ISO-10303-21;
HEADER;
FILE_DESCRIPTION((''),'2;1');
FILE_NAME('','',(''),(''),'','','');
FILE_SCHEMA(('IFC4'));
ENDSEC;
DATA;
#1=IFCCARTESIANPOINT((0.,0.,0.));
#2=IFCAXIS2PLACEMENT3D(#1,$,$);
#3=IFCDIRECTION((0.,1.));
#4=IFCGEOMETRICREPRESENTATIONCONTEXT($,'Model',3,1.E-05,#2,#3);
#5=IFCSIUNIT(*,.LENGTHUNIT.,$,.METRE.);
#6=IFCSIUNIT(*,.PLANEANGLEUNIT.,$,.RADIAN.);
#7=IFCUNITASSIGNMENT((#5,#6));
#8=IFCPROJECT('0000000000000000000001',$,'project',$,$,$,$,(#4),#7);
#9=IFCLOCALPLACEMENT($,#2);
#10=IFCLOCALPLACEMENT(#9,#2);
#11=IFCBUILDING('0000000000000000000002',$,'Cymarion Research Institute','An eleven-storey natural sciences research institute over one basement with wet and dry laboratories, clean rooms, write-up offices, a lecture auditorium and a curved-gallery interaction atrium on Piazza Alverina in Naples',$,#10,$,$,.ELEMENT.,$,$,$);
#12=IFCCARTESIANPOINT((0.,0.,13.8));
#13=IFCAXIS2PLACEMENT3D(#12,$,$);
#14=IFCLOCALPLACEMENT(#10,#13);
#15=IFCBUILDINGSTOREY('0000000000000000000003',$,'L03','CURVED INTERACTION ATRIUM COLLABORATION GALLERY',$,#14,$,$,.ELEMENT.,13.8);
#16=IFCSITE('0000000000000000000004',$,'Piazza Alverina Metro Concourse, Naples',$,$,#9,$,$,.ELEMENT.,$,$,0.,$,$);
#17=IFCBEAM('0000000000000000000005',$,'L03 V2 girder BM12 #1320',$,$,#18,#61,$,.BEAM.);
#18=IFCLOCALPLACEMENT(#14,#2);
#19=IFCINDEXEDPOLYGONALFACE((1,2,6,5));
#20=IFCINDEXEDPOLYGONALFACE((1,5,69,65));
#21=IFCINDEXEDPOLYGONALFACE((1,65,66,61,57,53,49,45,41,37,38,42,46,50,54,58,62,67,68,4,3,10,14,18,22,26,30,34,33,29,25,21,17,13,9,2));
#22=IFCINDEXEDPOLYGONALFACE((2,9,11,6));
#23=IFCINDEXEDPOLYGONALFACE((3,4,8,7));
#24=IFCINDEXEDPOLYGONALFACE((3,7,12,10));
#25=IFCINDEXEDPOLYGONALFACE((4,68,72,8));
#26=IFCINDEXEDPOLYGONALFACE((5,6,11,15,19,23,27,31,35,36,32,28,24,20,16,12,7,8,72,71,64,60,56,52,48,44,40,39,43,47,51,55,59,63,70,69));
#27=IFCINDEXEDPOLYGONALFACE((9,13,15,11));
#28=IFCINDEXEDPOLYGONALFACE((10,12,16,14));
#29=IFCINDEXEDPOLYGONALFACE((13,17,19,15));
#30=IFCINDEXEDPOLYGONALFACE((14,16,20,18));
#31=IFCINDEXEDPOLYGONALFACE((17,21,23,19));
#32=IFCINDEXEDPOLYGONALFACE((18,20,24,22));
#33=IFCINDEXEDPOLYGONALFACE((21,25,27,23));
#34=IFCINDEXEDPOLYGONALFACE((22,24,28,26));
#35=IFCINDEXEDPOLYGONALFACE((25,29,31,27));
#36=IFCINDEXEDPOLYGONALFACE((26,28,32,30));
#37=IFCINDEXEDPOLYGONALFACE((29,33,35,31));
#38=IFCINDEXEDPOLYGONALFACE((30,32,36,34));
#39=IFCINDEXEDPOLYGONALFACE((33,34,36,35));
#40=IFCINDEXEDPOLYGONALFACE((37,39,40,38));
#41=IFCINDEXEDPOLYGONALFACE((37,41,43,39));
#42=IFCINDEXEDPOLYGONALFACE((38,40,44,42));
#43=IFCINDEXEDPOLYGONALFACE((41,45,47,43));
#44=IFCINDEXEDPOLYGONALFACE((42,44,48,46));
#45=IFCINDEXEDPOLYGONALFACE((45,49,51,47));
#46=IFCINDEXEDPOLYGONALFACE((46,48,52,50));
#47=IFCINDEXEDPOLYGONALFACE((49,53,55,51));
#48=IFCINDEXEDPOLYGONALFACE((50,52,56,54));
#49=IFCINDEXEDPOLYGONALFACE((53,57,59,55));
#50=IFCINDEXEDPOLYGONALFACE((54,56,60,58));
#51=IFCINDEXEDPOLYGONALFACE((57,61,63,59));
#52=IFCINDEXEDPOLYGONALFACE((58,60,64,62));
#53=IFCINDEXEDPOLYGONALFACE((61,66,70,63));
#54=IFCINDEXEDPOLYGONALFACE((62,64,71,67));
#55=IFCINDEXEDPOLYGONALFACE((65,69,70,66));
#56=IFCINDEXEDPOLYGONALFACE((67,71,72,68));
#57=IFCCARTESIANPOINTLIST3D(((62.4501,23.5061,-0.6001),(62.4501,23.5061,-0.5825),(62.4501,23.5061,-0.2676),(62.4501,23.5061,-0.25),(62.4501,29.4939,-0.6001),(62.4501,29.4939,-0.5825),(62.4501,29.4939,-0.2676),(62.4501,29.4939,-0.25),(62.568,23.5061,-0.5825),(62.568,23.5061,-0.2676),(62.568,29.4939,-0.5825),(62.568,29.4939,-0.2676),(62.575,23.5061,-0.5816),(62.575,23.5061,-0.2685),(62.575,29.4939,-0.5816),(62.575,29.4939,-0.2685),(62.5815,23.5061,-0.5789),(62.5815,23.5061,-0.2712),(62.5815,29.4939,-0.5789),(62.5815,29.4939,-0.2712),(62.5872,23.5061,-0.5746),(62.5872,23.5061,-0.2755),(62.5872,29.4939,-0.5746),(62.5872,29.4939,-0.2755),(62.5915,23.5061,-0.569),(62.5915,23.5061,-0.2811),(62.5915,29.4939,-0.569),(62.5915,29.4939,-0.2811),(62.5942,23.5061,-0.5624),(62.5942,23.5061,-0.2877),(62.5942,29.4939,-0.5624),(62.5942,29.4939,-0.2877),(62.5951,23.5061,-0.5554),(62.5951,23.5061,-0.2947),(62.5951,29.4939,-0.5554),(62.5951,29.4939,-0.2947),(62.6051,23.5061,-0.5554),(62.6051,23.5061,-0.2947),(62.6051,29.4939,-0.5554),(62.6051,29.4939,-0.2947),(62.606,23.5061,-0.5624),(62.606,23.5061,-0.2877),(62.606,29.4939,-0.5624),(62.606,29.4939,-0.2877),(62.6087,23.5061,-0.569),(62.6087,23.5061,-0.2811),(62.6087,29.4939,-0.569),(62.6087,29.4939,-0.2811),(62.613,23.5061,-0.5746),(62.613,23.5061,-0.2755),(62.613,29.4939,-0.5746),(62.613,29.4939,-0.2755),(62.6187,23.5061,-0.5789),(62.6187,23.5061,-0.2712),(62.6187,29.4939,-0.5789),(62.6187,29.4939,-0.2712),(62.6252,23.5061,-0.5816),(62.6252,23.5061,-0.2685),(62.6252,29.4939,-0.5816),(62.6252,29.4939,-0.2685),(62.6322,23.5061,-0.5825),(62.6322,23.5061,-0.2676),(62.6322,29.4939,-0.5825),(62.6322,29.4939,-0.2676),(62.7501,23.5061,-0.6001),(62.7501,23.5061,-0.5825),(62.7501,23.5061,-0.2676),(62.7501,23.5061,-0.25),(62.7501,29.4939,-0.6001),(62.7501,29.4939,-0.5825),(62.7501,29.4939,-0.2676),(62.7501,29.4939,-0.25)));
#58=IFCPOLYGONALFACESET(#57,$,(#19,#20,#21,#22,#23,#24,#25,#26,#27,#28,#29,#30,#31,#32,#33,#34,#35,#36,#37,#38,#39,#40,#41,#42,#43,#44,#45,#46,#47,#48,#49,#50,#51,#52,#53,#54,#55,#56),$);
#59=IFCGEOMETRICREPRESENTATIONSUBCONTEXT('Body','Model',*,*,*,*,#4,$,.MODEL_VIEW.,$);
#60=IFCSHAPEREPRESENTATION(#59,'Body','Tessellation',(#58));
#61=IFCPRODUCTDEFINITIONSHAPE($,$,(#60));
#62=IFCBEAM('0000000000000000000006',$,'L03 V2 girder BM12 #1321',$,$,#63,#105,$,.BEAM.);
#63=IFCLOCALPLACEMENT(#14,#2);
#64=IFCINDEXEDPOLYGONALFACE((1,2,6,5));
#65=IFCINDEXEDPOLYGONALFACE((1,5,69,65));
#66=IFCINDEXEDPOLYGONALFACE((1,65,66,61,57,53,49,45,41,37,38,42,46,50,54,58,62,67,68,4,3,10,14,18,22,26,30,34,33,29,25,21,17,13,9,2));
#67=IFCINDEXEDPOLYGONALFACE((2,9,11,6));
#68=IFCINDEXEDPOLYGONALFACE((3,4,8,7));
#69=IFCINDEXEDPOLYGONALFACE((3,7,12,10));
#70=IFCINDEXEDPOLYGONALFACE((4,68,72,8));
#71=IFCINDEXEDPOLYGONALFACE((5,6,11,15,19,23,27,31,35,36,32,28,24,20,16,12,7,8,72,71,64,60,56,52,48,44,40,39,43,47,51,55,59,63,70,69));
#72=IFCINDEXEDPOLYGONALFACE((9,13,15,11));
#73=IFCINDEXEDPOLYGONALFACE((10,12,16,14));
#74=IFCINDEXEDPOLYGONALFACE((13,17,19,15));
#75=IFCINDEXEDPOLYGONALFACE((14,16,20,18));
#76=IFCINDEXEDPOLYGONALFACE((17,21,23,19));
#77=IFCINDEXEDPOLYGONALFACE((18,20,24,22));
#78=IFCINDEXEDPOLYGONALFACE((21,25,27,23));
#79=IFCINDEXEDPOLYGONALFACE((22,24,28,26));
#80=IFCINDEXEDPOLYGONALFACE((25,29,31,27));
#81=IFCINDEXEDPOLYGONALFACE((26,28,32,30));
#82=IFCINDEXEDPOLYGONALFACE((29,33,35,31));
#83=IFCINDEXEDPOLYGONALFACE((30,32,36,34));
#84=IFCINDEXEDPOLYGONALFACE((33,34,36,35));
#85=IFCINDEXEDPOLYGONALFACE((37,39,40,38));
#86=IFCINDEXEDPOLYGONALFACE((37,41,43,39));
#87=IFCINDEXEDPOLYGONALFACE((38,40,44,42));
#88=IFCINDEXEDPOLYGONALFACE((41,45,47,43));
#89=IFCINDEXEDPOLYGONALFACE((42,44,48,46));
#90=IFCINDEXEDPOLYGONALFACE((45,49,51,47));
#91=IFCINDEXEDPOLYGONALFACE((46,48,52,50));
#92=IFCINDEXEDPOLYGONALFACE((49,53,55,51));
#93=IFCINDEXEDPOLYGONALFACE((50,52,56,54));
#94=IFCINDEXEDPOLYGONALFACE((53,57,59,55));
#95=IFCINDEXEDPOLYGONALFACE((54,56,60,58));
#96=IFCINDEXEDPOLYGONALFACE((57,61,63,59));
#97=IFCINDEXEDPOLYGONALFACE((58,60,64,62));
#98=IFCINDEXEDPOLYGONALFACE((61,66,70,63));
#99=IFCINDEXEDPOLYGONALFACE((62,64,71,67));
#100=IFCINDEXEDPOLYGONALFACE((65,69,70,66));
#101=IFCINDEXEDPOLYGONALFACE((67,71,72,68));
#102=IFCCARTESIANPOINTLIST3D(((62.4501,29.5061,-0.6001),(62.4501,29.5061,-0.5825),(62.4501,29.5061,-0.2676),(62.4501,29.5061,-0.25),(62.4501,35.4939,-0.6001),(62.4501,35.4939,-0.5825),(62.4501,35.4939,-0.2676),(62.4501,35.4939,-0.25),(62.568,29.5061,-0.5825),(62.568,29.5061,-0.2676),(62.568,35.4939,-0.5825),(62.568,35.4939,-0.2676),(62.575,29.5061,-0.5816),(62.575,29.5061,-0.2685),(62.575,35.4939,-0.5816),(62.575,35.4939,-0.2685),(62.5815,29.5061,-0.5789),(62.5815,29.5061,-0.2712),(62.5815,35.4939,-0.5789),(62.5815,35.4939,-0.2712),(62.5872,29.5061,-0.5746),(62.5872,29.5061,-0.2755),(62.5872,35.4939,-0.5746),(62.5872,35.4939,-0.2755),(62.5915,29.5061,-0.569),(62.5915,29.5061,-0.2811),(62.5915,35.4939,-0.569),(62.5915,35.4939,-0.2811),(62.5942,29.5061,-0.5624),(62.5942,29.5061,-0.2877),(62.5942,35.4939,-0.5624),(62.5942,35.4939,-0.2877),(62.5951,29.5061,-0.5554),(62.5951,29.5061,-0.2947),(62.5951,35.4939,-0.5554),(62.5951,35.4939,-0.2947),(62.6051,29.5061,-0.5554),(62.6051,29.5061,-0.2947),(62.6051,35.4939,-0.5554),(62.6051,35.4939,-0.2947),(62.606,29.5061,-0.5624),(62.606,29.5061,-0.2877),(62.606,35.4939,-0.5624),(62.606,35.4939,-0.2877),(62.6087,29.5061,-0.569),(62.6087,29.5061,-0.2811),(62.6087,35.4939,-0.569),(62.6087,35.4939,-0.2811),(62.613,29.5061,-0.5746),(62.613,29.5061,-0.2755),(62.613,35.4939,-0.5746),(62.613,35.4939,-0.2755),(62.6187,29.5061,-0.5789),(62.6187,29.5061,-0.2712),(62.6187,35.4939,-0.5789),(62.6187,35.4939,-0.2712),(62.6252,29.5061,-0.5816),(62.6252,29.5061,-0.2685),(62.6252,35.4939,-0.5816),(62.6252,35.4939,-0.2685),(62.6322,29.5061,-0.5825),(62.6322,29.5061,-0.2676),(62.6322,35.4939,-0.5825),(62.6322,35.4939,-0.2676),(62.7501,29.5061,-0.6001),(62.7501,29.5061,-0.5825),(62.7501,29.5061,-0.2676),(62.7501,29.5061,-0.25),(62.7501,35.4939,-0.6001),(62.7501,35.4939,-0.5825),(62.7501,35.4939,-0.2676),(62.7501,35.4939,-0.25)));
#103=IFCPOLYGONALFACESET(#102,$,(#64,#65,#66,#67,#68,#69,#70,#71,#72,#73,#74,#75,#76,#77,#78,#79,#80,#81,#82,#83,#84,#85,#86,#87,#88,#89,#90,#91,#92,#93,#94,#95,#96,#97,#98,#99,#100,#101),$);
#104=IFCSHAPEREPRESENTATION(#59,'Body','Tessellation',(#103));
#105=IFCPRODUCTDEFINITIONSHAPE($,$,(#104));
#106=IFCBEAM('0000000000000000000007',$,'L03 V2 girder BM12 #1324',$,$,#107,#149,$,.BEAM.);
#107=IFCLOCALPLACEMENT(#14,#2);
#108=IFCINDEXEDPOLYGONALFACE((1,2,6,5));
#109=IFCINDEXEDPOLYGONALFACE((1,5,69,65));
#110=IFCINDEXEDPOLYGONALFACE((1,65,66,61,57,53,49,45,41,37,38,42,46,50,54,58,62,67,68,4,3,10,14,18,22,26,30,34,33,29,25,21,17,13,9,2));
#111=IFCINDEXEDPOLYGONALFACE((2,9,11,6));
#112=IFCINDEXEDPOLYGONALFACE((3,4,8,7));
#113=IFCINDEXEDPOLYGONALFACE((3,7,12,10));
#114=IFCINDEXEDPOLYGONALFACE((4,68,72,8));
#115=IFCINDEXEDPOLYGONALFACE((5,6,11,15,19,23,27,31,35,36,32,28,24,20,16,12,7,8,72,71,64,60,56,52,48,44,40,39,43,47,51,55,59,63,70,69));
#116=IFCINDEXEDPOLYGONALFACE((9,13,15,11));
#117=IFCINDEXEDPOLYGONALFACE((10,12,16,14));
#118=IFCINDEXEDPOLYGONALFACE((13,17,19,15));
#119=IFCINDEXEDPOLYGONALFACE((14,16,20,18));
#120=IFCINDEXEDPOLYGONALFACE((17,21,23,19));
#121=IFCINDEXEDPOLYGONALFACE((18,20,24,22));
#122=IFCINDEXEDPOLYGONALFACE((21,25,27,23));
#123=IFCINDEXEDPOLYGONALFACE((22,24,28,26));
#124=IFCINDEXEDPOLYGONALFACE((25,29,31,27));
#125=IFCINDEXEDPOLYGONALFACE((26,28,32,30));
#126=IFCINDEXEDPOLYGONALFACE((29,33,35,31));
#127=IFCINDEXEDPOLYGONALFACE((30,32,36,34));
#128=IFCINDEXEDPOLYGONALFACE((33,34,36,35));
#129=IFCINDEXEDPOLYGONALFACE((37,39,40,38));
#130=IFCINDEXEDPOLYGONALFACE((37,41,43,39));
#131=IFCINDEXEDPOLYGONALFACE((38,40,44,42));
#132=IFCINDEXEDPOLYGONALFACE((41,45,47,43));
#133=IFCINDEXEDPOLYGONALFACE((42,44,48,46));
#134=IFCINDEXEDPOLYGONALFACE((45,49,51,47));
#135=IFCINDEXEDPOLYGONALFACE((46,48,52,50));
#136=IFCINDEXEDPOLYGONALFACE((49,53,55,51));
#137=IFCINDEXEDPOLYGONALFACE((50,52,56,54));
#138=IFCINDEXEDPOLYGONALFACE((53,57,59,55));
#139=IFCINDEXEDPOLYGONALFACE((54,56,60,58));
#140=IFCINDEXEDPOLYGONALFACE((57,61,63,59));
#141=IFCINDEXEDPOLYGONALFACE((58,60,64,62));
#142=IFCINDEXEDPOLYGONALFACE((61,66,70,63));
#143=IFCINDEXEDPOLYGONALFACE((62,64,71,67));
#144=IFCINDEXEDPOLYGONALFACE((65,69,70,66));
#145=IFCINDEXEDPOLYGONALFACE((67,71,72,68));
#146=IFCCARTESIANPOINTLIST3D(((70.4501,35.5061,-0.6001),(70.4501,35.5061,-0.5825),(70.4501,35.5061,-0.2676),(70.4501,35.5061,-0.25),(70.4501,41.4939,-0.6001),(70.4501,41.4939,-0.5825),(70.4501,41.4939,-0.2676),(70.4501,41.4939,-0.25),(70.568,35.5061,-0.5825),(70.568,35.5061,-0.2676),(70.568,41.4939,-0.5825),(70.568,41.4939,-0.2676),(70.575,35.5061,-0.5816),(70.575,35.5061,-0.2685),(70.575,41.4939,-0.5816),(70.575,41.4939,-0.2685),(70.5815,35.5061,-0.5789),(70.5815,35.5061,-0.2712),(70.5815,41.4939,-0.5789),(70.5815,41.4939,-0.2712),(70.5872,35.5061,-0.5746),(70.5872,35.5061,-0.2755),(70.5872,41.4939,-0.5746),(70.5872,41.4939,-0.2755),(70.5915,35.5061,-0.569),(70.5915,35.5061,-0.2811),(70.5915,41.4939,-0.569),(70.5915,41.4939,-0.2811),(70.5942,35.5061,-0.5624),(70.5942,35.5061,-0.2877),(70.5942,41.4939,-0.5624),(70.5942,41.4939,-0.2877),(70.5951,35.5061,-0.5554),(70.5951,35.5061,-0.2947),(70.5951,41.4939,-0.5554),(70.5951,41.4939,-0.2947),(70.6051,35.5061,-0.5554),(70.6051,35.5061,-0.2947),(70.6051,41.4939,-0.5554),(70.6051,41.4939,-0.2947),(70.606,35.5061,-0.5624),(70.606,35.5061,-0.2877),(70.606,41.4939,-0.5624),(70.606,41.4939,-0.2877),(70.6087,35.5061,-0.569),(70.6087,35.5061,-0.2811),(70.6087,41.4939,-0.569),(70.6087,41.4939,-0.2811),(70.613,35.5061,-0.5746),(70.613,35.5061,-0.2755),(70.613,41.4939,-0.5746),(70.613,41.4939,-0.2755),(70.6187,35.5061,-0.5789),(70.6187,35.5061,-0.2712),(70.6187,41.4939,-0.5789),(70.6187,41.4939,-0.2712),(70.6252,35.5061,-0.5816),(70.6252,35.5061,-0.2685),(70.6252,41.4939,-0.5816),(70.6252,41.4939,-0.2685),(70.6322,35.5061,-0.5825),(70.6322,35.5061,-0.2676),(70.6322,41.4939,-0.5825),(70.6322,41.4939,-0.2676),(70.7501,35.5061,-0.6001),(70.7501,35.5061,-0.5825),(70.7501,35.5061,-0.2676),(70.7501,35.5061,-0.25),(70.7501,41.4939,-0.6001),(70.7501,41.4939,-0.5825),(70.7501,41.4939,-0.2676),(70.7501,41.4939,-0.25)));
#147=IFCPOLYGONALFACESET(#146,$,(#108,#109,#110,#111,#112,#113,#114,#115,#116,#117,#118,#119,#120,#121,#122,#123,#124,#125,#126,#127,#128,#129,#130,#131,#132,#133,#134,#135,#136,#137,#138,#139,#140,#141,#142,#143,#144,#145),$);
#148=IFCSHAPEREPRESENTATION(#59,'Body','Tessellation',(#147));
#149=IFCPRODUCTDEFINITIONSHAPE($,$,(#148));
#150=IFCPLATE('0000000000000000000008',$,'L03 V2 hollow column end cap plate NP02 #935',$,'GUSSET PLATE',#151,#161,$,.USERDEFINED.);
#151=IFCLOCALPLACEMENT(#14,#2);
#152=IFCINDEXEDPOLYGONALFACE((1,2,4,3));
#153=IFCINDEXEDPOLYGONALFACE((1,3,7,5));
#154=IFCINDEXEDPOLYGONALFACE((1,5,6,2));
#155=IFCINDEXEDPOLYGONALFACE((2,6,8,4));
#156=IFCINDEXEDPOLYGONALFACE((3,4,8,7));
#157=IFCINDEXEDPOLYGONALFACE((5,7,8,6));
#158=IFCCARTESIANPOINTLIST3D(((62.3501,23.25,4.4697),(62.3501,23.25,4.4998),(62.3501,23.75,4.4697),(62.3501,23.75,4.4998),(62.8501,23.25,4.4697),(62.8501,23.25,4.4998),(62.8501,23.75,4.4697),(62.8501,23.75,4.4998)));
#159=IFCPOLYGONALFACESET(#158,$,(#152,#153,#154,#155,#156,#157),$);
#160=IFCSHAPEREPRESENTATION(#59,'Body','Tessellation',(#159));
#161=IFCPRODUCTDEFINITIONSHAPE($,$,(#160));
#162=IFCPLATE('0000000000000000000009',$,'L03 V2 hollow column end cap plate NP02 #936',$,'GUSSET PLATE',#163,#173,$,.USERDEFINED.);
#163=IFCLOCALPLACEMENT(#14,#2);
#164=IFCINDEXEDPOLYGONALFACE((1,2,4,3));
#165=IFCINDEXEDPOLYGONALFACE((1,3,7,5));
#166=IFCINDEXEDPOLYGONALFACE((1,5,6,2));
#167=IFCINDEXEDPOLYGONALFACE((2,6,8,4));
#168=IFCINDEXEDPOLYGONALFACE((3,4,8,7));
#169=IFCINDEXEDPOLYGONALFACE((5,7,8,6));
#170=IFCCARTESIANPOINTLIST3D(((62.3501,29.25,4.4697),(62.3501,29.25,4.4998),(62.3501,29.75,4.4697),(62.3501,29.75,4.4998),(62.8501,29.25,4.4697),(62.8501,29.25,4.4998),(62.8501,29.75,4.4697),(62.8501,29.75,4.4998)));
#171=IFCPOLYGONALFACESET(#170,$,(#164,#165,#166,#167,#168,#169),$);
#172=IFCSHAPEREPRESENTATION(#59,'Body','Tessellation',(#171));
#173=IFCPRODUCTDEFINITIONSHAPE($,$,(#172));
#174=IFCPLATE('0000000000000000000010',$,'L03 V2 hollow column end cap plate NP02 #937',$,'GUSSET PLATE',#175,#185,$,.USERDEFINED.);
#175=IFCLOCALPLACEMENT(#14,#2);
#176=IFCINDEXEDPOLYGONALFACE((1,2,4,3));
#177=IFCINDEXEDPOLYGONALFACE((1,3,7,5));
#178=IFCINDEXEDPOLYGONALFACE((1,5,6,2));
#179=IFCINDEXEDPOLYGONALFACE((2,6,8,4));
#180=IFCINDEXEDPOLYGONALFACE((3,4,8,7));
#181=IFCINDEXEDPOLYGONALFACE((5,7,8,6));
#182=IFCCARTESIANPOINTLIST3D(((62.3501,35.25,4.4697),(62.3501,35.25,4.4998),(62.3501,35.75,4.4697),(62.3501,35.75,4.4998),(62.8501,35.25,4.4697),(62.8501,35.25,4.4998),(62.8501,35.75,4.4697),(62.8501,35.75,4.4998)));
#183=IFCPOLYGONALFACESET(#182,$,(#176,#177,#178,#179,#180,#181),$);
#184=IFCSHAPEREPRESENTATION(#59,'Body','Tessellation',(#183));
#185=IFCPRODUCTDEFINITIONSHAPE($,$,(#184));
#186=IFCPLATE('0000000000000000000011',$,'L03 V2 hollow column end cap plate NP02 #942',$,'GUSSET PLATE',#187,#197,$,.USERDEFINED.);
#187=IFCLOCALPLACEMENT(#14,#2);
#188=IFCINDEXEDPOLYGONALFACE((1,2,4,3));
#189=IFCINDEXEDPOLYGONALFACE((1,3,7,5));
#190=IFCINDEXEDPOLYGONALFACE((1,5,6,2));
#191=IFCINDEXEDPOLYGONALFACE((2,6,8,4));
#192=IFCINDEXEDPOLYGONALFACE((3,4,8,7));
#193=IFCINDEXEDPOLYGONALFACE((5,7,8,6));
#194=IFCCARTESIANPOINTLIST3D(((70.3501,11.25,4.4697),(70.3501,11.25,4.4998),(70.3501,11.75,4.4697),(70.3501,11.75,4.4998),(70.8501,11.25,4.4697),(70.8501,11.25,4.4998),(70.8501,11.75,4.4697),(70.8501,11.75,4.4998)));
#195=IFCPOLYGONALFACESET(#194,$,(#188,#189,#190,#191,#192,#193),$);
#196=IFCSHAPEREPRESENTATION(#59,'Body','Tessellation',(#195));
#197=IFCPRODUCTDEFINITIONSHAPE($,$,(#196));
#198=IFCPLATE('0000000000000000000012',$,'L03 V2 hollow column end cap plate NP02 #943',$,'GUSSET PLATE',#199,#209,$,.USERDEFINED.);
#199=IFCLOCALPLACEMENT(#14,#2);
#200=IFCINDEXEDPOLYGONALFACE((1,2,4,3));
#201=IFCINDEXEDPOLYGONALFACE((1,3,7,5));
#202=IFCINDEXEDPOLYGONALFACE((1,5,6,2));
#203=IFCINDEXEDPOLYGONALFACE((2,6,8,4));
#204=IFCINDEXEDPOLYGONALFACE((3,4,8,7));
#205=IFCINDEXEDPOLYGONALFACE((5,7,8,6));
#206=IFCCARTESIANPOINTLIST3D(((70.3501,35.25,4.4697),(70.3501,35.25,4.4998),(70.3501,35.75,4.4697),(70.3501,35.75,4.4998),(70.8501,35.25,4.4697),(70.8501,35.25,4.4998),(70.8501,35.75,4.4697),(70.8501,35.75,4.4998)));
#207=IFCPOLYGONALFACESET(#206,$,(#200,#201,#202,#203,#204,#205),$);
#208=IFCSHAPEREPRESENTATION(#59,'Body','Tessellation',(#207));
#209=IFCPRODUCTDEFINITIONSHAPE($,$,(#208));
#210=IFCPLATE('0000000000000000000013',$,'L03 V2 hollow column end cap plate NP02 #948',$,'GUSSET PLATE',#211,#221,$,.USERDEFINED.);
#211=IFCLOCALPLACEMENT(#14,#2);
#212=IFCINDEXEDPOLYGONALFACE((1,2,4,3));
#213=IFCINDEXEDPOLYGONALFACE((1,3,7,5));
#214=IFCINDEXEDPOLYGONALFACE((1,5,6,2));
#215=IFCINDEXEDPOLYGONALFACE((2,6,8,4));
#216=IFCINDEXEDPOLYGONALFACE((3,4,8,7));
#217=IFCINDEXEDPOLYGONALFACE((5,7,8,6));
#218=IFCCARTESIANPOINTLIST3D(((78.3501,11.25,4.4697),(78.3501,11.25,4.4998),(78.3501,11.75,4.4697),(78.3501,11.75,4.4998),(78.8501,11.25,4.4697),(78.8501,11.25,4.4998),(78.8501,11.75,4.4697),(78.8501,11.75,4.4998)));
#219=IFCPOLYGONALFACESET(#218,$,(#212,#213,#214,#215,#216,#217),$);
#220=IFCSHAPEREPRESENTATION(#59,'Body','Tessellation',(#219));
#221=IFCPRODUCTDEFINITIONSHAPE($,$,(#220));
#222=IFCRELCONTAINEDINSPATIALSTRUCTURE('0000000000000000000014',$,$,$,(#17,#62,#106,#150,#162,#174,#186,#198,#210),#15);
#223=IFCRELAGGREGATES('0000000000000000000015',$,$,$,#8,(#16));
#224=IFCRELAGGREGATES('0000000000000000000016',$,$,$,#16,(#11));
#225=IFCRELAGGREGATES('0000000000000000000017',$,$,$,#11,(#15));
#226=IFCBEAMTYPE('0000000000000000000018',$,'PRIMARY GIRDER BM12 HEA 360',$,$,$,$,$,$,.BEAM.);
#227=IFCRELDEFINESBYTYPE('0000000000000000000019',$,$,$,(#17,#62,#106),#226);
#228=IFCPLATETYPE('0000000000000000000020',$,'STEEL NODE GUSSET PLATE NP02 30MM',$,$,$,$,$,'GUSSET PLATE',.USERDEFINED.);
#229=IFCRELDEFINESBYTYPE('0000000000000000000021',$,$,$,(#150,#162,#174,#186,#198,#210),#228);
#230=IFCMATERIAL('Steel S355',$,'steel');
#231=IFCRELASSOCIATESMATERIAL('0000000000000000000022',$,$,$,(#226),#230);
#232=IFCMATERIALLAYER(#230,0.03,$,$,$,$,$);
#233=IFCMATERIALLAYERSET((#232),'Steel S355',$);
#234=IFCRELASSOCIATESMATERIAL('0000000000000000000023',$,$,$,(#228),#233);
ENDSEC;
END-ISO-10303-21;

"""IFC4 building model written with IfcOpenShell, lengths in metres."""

from ifc_helpers import new_model, si_unit, direction, frame, origin, origin_2d, place, context, subcontext, project, spatial, rectangle, i_section, extrude, material, layer, layer_set, material_profile, profile_set, type_object, element, save


model = new_model("IFC4")

# Units and contexts
model_context = context("Model", 3, precision=1e-05, world=origin(), true_north=direction((0.0, 1.0)))
body_context = subcontext(model_context, "Body", "Model", "MODEL_VIEW")
ifc_project = project(units=[si_unit("LENGTHUNIT", "METRE"), si_unit("PLANEANGLEUNIT", "RADIAN")], contexts=[model_context])

# Site, building, storey
site_placement = place(None, origin())
site = spatial("IfcSite", under=ifc_project, at=site_placement, Name="Piazza Alverina Metro Concourse, Naples", CompositionType="ELEMENT", RefElevation=0.0)
building_placement = place(site_placement, origin())
building = spatial("IfcBuilding", under=site, at=building_placement, Name="Cymarion Research Institute", Description="An eleven-storey natural sciences research institute over one basement with wet and dry laboratories, clean rooms, write-up offices, a lecture auditorium and a curved-gallery interaction atrium on Piazza Alverina in Naples", CompositionType="ELEMENT")
storey_placement = place(building_placement, frame((0.0, 0.0, 13.8)))
storey = spatial("IfcBuildingStorey", under=building, at=storey_placement, Name="L03", Description="CURVED INTERACTION ATRIUM COLLABORATION GALLERY", CompositionType="ELEMENT", Elevation=13.8)

# Shared definitions
ifc_material = material(Name="Steel S355", Category="steel")

# Beams
ifc_material_profile_1 = material_profile(ifc_material, i_section(OverallWidth=0.3, OverallDepth=0.3501, WebThickness=0.01, FlangeThickness=0.0176, FilletRadius=0.0271, at=origin_2d()), Name="HEA 360")
ifc_profile_set_1 = profile_set([ifc_material_profile_1], Name="Steel S355")
beam_type_1 = type_object("IfcBeamType", Name="PRIMARY GIRDER BM12 HEA 360", PredefinedType="BEAM", material=ifc_profile_set_1)
for number, where, z_axis, x_axis, name in (
    (1, (62.6001, 23.5061, -0.425), (0.0, 1.0, 0.0), (-1.0, 0.0, 0.0), "L03 V2 girder BM12 #1320"),
    (2, (62.6001, 29.5061, -0.425), (0.0, 1.0, 0.0), (-1.0, 0.0, 0.0), "L03 V2 girder BM12 #1321"),
    (3, (70.6001, 35.5061, -0.425), (0.0, 1.0, 0.0), (-1.0, 0.0, 0.0), "L03 V2 girder BM12 #1324"),
):
    element("IfcBeam", number, at=place(storey_placement, frame(where, z_axis=z_axis, x_axis=x_axis)), inside=storey, type_object=beam_type_1, Name=name, PredefinedType="BEAM", context=body_context, shape_type="SweptSolid", body=[
        extrude(i_section(OverallWidth=0.3, OverallDepth=0.3501, WebThickness=0.01, FlangeThickness=0.0176, FilletRadius=0.0271, at=origin_2d()), origin(), (0.0, 0.0, 1.0), 5.9878),
    ])

# Plates
ifc_layer = layer(ifc_material, 0.03)
ifc_layer_set = layer_set([ifc_layer], Name="Steel S355")
plate_type = type_object("IfcPlateType", Name="STEEL NODE GUSSET PLATE NP02 30MM", ElementType="GUSSET PLATE", PredefinedType="USERDEFINED", material=ifc_layer_set)
for number, where, z_axis, x_axis, name in (
    (4, (62.6001, 23.5, 4.4697), (0.0, 0.0, 1.0), (1.0, 0.0, 0.0), "L03 V2 hollow column end cap plate NP02 #935"),
    (5, (62.6001, 29.5, 4.4697), (0.0, 0.0, 1.0), (1.0, 0.0, 0.0), "L03 V2 hollow column end cap plate NP02 #936"),
    (6, (62.6001, 35.5, 4.4697), (0.0, 0.0, 1.0), (1.0, 0.0, 0.0), "L03 V2 hollow column end cap plate NP02 #937"),
    (7, (70.6001, 11.5, 4.4697), (0.0, 0.0, 1.0), (1.0, 0.0, 0.0), "L03 V2 hollow column end cap plate NP02 #942"),
    (8, (70.6001, 35.5, 4.4697), (0.0, 0.0, 1.0), (1.0, 0.0, 0.0), "L03 V2 hollow column end cap plate NP02 #943"),
    (9, (78.6001, 11.5, 4.4697), (0.0, 0.0, 1.0), (1.0, 0.0, 0.0), "L03 V2 hollow column end cap plate NP02 #948"),
):
    element("IfcPlate", number, at=place(storey_placement, frame(where, z_axis=z_axis, x_axis=x_axis)), inside=storey, type_object=plate_type, Name=name, ObjectType="GUSSET PLATE", PredefinedType="USERDEFINED", context=body_context, shape_type="SweptSolid", body=[
        extrude(rectangle(XDim=0.5, YDim=0.5, at=origin_2d()), origin(), (0.0, 0.0, 1.0), 0.03),
    ])

save(model, "model.ifc")
